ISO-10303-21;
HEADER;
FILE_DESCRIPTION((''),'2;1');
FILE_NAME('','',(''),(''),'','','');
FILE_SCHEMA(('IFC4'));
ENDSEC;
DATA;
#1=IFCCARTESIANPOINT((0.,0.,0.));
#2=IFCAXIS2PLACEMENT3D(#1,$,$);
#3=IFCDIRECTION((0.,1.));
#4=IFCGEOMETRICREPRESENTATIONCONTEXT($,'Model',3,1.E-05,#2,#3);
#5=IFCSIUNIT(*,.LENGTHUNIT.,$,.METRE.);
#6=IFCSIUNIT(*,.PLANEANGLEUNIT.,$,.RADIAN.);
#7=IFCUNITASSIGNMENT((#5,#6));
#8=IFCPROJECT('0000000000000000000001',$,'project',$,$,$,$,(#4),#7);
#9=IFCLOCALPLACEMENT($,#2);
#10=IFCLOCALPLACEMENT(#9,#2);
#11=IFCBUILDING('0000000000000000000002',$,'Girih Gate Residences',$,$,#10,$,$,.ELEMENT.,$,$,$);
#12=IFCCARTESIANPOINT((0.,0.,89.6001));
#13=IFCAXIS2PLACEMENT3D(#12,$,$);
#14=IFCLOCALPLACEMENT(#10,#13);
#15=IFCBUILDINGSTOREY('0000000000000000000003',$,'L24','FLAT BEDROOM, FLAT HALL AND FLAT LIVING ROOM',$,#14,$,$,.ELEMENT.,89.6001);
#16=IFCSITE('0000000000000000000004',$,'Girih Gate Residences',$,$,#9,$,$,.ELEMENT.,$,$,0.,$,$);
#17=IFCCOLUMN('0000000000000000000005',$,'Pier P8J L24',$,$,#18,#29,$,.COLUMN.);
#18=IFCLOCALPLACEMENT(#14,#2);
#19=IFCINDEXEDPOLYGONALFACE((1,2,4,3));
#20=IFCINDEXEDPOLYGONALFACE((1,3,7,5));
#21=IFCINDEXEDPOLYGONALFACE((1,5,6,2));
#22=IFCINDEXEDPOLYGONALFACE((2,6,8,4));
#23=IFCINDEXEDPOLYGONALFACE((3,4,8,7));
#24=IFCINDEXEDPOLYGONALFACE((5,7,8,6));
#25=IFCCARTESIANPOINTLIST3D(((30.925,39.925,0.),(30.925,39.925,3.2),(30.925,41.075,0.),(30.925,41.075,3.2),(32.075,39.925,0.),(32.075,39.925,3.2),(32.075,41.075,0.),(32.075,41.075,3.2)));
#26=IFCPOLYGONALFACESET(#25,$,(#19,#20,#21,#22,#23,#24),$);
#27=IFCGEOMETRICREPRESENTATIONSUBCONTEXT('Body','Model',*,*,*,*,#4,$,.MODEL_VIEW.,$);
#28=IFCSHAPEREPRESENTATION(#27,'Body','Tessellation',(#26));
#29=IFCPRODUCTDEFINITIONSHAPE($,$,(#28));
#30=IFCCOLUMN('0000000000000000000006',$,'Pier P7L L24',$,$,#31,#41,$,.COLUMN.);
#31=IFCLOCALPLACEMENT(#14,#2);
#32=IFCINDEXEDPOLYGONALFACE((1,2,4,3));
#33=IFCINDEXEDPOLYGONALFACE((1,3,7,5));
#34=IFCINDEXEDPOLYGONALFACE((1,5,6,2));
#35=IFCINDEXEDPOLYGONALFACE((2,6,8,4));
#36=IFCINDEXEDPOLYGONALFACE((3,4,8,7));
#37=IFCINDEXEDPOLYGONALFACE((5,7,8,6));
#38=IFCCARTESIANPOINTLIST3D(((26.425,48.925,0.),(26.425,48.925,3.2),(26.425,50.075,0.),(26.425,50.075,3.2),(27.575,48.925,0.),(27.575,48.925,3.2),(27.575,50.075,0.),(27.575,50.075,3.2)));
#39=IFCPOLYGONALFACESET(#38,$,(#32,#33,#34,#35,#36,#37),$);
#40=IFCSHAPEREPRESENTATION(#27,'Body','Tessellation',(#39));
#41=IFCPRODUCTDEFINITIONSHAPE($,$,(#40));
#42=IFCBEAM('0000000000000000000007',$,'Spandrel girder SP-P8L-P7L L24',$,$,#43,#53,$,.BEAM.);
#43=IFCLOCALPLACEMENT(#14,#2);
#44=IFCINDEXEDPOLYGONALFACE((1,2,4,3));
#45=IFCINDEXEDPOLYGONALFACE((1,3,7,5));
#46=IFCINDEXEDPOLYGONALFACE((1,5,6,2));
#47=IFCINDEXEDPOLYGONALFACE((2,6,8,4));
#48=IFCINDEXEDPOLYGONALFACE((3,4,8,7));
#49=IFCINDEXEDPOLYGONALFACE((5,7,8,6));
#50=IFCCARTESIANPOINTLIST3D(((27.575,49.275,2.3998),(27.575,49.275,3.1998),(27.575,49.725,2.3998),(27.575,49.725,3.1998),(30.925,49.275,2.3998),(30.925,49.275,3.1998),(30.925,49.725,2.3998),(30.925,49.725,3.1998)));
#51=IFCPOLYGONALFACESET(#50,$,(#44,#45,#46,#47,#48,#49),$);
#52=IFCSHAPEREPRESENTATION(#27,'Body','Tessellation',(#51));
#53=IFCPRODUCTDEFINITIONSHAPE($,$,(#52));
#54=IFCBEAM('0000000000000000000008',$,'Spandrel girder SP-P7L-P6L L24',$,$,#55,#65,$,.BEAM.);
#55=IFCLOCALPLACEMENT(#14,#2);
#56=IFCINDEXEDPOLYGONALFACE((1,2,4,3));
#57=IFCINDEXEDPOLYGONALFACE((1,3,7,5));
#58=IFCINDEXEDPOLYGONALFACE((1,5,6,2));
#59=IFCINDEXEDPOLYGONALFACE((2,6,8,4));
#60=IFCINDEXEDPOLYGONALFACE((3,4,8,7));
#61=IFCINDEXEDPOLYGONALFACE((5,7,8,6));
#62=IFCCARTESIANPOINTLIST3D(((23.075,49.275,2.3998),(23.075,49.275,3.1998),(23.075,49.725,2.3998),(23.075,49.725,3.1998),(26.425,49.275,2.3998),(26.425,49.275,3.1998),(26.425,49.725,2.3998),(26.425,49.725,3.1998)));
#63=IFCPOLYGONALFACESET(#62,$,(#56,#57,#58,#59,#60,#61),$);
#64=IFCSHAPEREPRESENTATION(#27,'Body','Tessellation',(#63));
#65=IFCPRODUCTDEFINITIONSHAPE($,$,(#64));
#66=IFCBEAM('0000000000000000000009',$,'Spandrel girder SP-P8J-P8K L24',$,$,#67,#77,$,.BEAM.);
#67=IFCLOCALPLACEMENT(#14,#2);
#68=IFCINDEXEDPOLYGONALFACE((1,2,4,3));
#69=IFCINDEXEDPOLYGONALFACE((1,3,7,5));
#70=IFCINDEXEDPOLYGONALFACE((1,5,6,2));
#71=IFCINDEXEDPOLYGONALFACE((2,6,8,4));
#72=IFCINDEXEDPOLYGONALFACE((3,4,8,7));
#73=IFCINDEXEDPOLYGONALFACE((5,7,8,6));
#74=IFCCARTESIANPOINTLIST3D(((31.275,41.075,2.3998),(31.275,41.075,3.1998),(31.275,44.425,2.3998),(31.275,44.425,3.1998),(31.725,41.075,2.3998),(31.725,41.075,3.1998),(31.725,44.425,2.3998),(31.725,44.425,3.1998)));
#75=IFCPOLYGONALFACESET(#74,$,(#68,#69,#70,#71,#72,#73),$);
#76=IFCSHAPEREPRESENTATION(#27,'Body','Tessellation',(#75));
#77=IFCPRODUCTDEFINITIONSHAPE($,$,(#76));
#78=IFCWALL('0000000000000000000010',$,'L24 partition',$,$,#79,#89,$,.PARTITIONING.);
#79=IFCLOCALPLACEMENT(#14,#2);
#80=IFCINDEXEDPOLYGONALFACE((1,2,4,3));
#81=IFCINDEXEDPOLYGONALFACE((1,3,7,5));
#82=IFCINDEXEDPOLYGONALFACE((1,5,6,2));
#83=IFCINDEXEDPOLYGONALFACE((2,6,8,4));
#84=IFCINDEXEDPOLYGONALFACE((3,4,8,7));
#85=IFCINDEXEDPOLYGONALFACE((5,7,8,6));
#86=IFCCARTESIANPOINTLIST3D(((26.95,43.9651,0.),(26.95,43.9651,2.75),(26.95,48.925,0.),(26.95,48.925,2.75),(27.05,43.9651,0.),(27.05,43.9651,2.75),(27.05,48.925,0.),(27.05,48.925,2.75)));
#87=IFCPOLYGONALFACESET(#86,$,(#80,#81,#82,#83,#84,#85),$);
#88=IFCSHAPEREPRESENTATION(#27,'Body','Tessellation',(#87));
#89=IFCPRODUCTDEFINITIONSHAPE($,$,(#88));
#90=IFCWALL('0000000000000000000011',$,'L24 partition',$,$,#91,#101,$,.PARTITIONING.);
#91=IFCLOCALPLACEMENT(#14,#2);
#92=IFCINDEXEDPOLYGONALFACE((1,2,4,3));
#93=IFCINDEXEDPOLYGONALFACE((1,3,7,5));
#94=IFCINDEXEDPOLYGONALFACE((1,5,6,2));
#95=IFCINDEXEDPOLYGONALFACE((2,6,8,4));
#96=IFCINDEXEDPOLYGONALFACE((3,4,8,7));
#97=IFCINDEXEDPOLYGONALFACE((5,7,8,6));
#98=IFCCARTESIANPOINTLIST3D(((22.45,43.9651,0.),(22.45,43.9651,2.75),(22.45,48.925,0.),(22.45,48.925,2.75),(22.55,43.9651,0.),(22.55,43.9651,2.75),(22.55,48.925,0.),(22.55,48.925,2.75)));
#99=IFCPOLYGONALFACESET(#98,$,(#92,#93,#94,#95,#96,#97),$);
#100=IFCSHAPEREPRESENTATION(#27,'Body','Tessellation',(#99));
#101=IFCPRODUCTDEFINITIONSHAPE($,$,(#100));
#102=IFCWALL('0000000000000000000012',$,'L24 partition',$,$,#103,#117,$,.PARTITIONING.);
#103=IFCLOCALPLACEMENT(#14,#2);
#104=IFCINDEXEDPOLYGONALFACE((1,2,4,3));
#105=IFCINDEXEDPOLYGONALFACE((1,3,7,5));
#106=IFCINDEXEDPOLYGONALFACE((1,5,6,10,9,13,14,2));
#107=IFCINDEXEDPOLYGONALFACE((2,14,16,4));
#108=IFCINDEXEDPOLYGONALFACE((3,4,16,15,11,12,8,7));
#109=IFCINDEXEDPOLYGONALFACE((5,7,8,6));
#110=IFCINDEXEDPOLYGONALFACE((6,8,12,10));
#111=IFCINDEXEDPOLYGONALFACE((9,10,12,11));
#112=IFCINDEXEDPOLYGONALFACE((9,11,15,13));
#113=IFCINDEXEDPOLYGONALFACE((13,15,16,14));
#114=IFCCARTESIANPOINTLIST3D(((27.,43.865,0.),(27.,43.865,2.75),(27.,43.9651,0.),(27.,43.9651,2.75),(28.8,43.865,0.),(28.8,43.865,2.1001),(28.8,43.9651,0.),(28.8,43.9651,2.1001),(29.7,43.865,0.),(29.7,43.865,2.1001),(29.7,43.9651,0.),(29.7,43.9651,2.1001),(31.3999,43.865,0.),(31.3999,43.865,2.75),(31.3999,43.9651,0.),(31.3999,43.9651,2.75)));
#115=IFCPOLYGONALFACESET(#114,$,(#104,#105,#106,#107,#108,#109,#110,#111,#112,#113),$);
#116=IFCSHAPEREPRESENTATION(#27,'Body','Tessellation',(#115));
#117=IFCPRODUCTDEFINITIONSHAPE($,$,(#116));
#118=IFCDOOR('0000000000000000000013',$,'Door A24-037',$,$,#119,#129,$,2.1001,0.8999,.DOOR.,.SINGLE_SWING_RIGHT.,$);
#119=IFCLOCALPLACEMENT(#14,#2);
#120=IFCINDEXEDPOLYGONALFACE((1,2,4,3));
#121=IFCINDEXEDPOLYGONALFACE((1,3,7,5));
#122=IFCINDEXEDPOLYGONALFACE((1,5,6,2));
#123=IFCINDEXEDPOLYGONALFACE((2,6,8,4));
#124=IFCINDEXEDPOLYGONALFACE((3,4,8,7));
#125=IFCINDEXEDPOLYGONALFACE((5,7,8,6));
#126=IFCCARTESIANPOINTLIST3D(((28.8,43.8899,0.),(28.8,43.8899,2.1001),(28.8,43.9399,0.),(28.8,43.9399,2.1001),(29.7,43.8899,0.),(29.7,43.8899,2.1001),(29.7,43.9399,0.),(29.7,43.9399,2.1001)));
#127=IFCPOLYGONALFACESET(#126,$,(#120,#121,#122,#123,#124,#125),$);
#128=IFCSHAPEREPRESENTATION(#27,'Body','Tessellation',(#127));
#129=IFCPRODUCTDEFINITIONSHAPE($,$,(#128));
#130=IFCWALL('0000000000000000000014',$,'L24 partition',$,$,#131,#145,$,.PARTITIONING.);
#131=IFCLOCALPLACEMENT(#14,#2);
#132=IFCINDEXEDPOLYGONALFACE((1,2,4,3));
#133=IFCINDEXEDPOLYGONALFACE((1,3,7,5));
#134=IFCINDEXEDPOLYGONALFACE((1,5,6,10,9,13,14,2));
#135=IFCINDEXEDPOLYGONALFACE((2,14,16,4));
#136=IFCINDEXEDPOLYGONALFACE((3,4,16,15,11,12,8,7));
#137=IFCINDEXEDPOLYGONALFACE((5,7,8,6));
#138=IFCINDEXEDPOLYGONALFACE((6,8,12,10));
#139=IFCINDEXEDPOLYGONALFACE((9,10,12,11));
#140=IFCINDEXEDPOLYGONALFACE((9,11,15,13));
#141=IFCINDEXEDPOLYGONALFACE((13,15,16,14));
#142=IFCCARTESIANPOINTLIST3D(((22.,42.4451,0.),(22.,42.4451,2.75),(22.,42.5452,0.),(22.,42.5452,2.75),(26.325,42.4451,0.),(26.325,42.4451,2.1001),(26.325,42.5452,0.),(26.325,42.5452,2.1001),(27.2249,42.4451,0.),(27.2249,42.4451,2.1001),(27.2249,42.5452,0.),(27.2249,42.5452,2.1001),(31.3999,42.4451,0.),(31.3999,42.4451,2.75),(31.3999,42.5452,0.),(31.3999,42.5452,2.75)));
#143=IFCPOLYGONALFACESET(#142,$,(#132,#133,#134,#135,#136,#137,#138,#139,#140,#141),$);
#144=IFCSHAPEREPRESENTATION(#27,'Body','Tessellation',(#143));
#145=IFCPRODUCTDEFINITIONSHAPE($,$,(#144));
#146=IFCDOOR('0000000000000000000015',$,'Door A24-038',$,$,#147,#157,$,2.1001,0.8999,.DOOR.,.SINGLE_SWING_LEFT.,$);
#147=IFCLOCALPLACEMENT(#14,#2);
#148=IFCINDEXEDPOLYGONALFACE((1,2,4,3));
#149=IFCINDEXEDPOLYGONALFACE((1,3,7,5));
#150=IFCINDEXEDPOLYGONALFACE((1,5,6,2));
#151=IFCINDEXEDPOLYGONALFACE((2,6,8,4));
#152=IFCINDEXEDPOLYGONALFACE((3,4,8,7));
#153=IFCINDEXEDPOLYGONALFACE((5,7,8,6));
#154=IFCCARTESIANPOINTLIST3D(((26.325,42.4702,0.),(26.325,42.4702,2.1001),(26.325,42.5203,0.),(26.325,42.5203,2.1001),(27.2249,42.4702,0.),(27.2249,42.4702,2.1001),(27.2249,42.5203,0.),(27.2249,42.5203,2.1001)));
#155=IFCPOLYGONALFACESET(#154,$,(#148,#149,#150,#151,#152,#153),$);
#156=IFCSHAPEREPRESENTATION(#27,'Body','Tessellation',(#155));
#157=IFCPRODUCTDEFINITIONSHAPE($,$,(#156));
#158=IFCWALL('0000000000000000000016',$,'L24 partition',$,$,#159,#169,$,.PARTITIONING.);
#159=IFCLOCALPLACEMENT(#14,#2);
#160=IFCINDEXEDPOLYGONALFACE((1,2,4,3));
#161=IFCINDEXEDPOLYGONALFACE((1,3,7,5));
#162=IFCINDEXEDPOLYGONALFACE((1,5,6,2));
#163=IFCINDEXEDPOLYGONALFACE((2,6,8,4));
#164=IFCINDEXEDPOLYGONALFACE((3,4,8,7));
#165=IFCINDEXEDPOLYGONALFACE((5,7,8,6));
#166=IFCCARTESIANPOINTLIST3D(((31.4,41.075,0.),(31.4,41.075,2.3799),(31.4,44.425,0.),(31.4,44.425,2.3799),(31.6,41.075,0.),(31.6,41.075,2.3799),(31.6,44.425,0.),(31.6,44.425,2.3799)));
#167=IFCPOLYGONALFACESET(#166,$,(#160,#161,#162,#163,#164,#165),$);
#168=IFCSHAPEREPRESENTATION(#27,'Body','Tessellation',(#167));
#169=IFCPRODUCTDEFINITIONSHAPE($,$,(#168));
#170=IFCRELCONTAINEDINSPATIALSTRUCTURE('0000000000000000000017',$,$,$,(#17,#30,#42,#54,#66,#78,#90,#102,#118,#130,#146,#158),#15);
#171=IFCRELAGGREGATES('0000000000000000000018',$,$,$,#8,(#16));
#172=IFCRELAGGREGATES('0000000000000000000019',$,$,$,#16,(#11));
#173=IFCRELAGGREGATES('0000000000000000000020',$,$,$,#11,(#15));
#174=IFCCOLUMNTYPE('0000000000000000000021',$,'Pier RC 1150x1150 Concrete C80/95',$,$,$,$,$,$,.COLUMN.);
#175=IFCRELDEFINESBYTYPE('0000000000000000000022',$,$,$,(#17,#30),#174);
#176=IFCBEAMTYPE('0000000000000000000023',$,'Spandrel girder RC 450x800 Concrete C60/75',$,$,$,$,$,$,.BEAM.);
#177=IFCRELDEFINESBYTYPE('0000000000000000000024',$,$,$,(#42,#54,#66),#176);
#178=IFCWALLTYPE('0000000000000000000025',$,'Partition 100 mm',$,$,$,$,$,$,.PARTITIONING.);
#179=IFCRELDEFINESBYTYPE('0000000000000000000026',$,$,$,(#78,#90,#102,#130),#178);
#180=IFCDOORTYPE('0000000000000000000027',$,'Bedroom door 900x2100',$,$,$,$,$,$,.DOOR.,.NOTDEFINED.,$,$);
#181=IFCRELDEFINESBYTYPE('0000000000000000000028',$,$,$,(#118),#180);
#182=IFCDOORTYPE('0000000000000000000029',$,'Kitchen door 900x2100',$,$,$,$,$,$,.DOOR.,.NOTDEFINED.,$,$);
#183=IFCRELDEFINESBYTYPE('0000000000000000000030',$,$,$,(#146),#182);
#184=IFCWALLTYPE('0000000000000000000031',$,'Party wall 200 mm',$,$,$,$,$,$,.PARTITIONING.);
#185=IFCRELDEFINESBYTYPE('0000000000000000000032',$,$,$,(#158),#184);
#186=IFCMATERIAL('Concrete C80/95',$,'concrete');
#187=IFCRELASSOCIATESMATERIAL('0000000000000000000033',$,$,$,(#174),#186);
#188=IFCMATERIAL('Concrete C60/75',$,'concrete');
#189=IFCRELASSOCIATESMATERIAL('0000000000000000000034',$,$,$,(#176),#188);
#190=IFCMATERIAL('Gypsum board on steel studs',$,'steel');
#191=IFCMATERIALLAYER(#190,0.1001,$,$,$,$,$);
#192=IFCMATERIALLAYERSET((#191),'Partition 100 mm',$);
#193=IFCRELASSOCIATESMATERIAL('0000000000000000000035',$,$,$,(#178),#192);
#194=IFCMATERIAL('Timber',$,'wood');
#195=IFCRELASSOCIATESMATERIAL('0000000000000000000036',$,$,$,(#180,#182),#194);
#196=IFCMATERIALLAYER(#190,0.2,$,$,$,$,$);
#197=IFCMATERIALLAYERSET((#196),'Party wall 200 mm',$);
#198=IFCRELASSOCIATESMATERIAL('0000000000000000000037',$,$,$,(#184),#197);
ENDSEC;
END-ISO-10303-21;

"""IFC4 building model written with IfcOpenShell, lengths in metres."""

from ifc_helpers import new_model, si_unit, direction, frame, frame_2d, origin, origin_2d, place, context, subcontext, project, spatial, rectangle, extrude, material, layer, layer_set, material_profile, profile_set, type_object, element, fill, save


model = new_model("IFC4")

# Units and contexts
model_context = context("Model", 3, precision=1e-05, world=origin(), true_north=direction((0.0, 1.0)))
body_context = subcontext(model_context, "Body", "Model", "MODEL_VIEW")
ifc_project = project(units=[si_unit("LENGTHUNIT", "METRE"), si_unit("PLANEANGLEUNIT", "RADIAN")], contexts=[model_context])

# Site, building, storey
site_placement = place(None, origin())
site = spatial("IfcSite", under=ifc_project, at=site_placement, Name="Girih Gate Residences", CompositionType="ELEMENT", RefElevation=0.0)
building_placement = place(site_placement, origin())
building = spatial("IfcBuilding", under=site, at=building_placement, Name="Girih Gate Residences", CompositionType="ELEMENT")
storey_placement = place(building_placement, frame((0.0, 0.0, 89.6001)))
storey = spatial("IfcBuildingStorey", under=building, at=storey_placement, Name="L24", Description="FLAT BEDROOM, FLAT HALL AND FLAT LIVING ROOM", CompositionType="ELEMENT", Elevation=89.6001)

# Columns
ifc_material_1 = material(Name="Concrete C80/95", Category="concrete")
ifc_material_profile_1 = material_profile(ifc_material_1, rectangle(XDim=1.1499, YDim=1.1499, at=origin_2d()))
ifc_profile_set_1 = profile_set([ifc_material_profile_1], Name="Concrete C80/95")
column_type = type_object("IfcColumnType", Name="Pier RC 1150x1150 Concrete C80/95", PredefinedType="COLUMN", material=ifc_profile_set_1)
for number, where, z_axis, x_axis, name in (
    (1, (31.5, 40.5, 0.0), (0.0, 0.0, 1.0), (1.0, 0.0, 0.0), "Pier P8J L24"),
    (2, (27.0, 49.5, 0.0), (0.0, 0.0, 1.0), (1.0, 0.0, 0.0), "Pier P7L L24"),
):
    element("IfcColumn", number, at=place(storey_placement, frame(where, z_axis=z_axis, x_axis=x_axis)), inside=storey, type_object=column_type, Name=name, PredefinedType="COLUMN", context=body_context, shape_type="SweptSolid", body=[
        extrude(rectangle(XDim=1.1499, YDim=1.1499, at=origin_2d()), origin(), (0.0, 0.0, 1.0), 3.2),
    ])

# Beams
ifc_material_2 = material(Name="Concrete C60/75", Category="concrete")
ifc_material_profile_2 = material_profile(ifc_material_2, rectangle(XDim=0.45, YDim=0.8, at=origin_2d()))
ifc_profile_set_2 = profile_set([ifc_material_profile_2], Name="Concrete C60/75")
beam_type = type_object("IfcBeamType", Name="Spandrel girder RC 450x800 Concrete C60/75", PredefinedType="BEAM", material=ifc_profile_set_2)
for number, where, z_axis, x_axis, name in (
    (3, (30.925, 49.5, 2.7998), (-1.0, 0.0, 0.0), (0.0, -1.0, 0.0), "Spandrel girder SP-P8L-P7L L24"),
    (4, (26.425, 49.5, 2.7998), (-1.0, 0.0, 0.0), (0.0, -1.0, 0.0), "Spandrel girder SP-P7L-P6L L24"),
    (5, (31.5, 41.075, 2.7998), (0.0, 1.0, 0.0), (-1.0, 0.0, 0.0), "Spandrel girder SP-P8J-P8K L24"),
):
    element("IfcBeam", number, at=place(storey_placement, frame(where, z_axis=z_axis, x_axis=x_axis)), inside=storey, type_object=beam_type, Name=name, PredefinedType="BEAM", context=body_context, shape_type="SweptSolid", body=[
        extrude(rectangle(XDim=0.45, YDim=0.8, at=origin_2d()), origin(), (0.0, 0.0, 1.0), 3.3501),
    ])

# Walls
ifc_material_3 = material(Name="Gypsum board on steel studs", Category="steel")
ifc_layer_1 = layer(ifc_material_3, 0.1001)
ifc_layer_set_1 = layer_set([ifc_layer_1], Name="Partition 100 mm")
wall_type_1 = type_object("IfcWallType", Name="Partition 100 mm", PredefinedType="PARTITIONING", material=ifc_layer_set_1)
for number, where, z_axis, x_axis, name in (
    (6, (27.0, 43.9651, 0.0), (0.0, 0.0, 1.0), (0.0, 1.0, 0.0), "L24 partition"),
    (7, (22.5, 43.9651, 0.0), (0.0, 0.0, 1.0), (0.0, 1.0, 0.0), "L24 partition"),
):
    element("IfcWall", number, at=place(storey_placement, frame(where, z_axis=z_axis, x_axis=x_axis)), inside=storey, type_object=wall_type_1, Name=name, PredefinedType="PARTITIONING", context=body_context, shape_type="SweptSolid", body=[
        extrude(rectangle(XDim=4.96, YDim=0.1001, at=frame_2d((2.48, 0.0))), origin(), (0.0, 0.0, 1.0), 2.75),
    ])

# Walls, openings, doors
wall_1_placement = place(storey_placement, frame((27.0, 43.915, 0.0), z_axis=(0.0, 0.0, 1.0), x_axis=(1.0, 0.0, 0.0)))
wall_1 = element("IfcWall", 8, at=wall_1_placement, inside=storey, type_object=wall_type_1, Name="L24 partition", PredefinedType="PARTITIONING", context=body_context, shape_type="SweptSolid", body=[
    extrude(rectangle(XDim=4.3999, YDim=0.1001, at=frame_2d((2.2, 0.0))), origin(), (0.0, 0.0, 1.0), 2.75),
])
opening_1_placement = place(wall_1_placement, frame((1.8, 0.0, 0.0)))
opening_1 = element("IfcOpeningElement", 9, at=opening_1_placement, cuts=wall_1, PredefinedType="OPENING", context=body_context, shape_type="SweptSolid", body=[
    extrude(rectangle(XDim=0.8999, YDim=2.1001, at=frame_2d((0.45, 1.05))), frame((0.0, 0.0601, 0.0), z_axis=(0.0, -1.0, 0.0), x_axis=(1.0, 0.0, 0.0)), (0.0, 0.0, 1.0), 0.1201),
])
ifc_material_4 = material(Name="Timber", Category="wood")
door_type_1 = type_object("IfcDoorType", Name="Bedroom door 900x2100", OperationType="NOTDEFINED", PredefinedType="DOOR", material=ifc_material_4)
door_1_placement = place(opening_1_placement, origin())
door_1 = element("IfcDoor", 10, at=door_1_placement, inside=storey, type_object=door_type_1, Name="Door A24-037", OperationType="SINGLE_SWING_RIGHT", OverallHeight=2.1001, OverallWidth=0.8999, PredefinedType="DOOR", context=body_context, shape_type="SweptSolid", body=[
    extrude(rectangle(XDim=0.8999, YDim=2.1001, at=frame_2d((0.45, 1.05))), frame((0.0, 0.0249, 0.0), z_axis=(0.0, -1.0, 0.0), x_axis=(1.0, 0.0, 0.0)), (0.0, 0.0, 1.0), 0.05),
])
fill(opening_1, door_1)
wall_2_placement = place(storey_placement, frame((31.3999, 42.4951, 0.0), z_axis=(0.0, 0.0, 1.0), x_axis=(-1.0, 0.0, 0.0)))
wall_2 = element("IfcWall", 11, at=wall_2_placement, inside=storey, type_object=wall_type_1, Name="L24 partition", PredefinedType="PARTITIONING", context=body_context, shape_type="SweptSolid", body=[
    extrude(rectangle(XDim=9.3999, YDim=0.1001, at=frame_2d((4.7, 0.0))), origin(), (0.0, 0.0, 1.0), 2.75),
])
opening_2_placement = place(wall_2_placement, frame((4.175, 0.0, 0.0)))
opening_2 = element("IfcOpeningElement", 12, at=opening_2_placement, cuts=wall_2, PredefinedType="OPENING", context=body_context, shape_type="SweptSolid", body=[
    extrude(rectangle(XDim=0.8999, YDim=2.1001, at=frame_2d((0.45, 1.05))), frame((0.0, 0.0601, 0.0), z_axis=(0.0, -1.0, 0.0), x_axis=(1.0, 0.0, 0.0)), (0.0, 0.0, 1.0), 0.1201),
])
door_type_2 = type_object("IfcDoorType", Name="Kitchen door 900x2100", OperationType="NOTDEFINED", PredefinedType="DOOR", material=ifc_material_4)
door_2_placement = place(opening_2_placement, origin())
door_2 = element("IfcDoor", 13, at=door_2_placement, inside=storey, type_object=door_type_2, Name="Door A24-038", OperationType="SINGLE_SWING_LEFT", OverallHeight=2.1001, OverallWidth=0.8999, PredefinedType="DOOR", context=body_context, shape_type="SweptSolid", body=[
    extrude(rectangle(XDim=0.8999, YDim=2.1001, at=frame_2d((0.45, 1.05))), frame((0.0, 0.0249, 0.0), z_axis=(0.0, -1.0, 0.0), x_axis=(1.0, 0.0, 0.0)), (0.0, 0.0, 1.0), 0.05),
])
fill(opening_2, door_2)

# Wall
ifc_layer_2 = layer(ifc_material_3, 0.2)
ifc_layer_set_2 = layer_set([ifc_layer_2], Name="Party wall 200 mm")
wall_type_2 = type_object("IfcWallType", Name="Party wall 200 mm", PredefinedType="PARTITIONING", material=ifc_layer_set_2)
wall_3_placement = place(storey_placement, frame((31.5, 41.075, 0.0), z_axis=(0.0, 0.0, 1.0), x_axis=(0.0, 1.0, 0.0)))
element("IfcWall", 14, at=wall_3_placement, inside=storey, type_object=wall_type_2, Name="L24 partition", PredefinedType="PARTITIONING", context=body_context, shape_type="SweptSolid", body=[
    extrude(rectangle(XDim=3.3501, YDim=0.2, at=frame_2d((1.675, 0.0))), origin(), (0.0, 0.0, 1.0), 2.3799),
])

save(model, "model.ifc")
